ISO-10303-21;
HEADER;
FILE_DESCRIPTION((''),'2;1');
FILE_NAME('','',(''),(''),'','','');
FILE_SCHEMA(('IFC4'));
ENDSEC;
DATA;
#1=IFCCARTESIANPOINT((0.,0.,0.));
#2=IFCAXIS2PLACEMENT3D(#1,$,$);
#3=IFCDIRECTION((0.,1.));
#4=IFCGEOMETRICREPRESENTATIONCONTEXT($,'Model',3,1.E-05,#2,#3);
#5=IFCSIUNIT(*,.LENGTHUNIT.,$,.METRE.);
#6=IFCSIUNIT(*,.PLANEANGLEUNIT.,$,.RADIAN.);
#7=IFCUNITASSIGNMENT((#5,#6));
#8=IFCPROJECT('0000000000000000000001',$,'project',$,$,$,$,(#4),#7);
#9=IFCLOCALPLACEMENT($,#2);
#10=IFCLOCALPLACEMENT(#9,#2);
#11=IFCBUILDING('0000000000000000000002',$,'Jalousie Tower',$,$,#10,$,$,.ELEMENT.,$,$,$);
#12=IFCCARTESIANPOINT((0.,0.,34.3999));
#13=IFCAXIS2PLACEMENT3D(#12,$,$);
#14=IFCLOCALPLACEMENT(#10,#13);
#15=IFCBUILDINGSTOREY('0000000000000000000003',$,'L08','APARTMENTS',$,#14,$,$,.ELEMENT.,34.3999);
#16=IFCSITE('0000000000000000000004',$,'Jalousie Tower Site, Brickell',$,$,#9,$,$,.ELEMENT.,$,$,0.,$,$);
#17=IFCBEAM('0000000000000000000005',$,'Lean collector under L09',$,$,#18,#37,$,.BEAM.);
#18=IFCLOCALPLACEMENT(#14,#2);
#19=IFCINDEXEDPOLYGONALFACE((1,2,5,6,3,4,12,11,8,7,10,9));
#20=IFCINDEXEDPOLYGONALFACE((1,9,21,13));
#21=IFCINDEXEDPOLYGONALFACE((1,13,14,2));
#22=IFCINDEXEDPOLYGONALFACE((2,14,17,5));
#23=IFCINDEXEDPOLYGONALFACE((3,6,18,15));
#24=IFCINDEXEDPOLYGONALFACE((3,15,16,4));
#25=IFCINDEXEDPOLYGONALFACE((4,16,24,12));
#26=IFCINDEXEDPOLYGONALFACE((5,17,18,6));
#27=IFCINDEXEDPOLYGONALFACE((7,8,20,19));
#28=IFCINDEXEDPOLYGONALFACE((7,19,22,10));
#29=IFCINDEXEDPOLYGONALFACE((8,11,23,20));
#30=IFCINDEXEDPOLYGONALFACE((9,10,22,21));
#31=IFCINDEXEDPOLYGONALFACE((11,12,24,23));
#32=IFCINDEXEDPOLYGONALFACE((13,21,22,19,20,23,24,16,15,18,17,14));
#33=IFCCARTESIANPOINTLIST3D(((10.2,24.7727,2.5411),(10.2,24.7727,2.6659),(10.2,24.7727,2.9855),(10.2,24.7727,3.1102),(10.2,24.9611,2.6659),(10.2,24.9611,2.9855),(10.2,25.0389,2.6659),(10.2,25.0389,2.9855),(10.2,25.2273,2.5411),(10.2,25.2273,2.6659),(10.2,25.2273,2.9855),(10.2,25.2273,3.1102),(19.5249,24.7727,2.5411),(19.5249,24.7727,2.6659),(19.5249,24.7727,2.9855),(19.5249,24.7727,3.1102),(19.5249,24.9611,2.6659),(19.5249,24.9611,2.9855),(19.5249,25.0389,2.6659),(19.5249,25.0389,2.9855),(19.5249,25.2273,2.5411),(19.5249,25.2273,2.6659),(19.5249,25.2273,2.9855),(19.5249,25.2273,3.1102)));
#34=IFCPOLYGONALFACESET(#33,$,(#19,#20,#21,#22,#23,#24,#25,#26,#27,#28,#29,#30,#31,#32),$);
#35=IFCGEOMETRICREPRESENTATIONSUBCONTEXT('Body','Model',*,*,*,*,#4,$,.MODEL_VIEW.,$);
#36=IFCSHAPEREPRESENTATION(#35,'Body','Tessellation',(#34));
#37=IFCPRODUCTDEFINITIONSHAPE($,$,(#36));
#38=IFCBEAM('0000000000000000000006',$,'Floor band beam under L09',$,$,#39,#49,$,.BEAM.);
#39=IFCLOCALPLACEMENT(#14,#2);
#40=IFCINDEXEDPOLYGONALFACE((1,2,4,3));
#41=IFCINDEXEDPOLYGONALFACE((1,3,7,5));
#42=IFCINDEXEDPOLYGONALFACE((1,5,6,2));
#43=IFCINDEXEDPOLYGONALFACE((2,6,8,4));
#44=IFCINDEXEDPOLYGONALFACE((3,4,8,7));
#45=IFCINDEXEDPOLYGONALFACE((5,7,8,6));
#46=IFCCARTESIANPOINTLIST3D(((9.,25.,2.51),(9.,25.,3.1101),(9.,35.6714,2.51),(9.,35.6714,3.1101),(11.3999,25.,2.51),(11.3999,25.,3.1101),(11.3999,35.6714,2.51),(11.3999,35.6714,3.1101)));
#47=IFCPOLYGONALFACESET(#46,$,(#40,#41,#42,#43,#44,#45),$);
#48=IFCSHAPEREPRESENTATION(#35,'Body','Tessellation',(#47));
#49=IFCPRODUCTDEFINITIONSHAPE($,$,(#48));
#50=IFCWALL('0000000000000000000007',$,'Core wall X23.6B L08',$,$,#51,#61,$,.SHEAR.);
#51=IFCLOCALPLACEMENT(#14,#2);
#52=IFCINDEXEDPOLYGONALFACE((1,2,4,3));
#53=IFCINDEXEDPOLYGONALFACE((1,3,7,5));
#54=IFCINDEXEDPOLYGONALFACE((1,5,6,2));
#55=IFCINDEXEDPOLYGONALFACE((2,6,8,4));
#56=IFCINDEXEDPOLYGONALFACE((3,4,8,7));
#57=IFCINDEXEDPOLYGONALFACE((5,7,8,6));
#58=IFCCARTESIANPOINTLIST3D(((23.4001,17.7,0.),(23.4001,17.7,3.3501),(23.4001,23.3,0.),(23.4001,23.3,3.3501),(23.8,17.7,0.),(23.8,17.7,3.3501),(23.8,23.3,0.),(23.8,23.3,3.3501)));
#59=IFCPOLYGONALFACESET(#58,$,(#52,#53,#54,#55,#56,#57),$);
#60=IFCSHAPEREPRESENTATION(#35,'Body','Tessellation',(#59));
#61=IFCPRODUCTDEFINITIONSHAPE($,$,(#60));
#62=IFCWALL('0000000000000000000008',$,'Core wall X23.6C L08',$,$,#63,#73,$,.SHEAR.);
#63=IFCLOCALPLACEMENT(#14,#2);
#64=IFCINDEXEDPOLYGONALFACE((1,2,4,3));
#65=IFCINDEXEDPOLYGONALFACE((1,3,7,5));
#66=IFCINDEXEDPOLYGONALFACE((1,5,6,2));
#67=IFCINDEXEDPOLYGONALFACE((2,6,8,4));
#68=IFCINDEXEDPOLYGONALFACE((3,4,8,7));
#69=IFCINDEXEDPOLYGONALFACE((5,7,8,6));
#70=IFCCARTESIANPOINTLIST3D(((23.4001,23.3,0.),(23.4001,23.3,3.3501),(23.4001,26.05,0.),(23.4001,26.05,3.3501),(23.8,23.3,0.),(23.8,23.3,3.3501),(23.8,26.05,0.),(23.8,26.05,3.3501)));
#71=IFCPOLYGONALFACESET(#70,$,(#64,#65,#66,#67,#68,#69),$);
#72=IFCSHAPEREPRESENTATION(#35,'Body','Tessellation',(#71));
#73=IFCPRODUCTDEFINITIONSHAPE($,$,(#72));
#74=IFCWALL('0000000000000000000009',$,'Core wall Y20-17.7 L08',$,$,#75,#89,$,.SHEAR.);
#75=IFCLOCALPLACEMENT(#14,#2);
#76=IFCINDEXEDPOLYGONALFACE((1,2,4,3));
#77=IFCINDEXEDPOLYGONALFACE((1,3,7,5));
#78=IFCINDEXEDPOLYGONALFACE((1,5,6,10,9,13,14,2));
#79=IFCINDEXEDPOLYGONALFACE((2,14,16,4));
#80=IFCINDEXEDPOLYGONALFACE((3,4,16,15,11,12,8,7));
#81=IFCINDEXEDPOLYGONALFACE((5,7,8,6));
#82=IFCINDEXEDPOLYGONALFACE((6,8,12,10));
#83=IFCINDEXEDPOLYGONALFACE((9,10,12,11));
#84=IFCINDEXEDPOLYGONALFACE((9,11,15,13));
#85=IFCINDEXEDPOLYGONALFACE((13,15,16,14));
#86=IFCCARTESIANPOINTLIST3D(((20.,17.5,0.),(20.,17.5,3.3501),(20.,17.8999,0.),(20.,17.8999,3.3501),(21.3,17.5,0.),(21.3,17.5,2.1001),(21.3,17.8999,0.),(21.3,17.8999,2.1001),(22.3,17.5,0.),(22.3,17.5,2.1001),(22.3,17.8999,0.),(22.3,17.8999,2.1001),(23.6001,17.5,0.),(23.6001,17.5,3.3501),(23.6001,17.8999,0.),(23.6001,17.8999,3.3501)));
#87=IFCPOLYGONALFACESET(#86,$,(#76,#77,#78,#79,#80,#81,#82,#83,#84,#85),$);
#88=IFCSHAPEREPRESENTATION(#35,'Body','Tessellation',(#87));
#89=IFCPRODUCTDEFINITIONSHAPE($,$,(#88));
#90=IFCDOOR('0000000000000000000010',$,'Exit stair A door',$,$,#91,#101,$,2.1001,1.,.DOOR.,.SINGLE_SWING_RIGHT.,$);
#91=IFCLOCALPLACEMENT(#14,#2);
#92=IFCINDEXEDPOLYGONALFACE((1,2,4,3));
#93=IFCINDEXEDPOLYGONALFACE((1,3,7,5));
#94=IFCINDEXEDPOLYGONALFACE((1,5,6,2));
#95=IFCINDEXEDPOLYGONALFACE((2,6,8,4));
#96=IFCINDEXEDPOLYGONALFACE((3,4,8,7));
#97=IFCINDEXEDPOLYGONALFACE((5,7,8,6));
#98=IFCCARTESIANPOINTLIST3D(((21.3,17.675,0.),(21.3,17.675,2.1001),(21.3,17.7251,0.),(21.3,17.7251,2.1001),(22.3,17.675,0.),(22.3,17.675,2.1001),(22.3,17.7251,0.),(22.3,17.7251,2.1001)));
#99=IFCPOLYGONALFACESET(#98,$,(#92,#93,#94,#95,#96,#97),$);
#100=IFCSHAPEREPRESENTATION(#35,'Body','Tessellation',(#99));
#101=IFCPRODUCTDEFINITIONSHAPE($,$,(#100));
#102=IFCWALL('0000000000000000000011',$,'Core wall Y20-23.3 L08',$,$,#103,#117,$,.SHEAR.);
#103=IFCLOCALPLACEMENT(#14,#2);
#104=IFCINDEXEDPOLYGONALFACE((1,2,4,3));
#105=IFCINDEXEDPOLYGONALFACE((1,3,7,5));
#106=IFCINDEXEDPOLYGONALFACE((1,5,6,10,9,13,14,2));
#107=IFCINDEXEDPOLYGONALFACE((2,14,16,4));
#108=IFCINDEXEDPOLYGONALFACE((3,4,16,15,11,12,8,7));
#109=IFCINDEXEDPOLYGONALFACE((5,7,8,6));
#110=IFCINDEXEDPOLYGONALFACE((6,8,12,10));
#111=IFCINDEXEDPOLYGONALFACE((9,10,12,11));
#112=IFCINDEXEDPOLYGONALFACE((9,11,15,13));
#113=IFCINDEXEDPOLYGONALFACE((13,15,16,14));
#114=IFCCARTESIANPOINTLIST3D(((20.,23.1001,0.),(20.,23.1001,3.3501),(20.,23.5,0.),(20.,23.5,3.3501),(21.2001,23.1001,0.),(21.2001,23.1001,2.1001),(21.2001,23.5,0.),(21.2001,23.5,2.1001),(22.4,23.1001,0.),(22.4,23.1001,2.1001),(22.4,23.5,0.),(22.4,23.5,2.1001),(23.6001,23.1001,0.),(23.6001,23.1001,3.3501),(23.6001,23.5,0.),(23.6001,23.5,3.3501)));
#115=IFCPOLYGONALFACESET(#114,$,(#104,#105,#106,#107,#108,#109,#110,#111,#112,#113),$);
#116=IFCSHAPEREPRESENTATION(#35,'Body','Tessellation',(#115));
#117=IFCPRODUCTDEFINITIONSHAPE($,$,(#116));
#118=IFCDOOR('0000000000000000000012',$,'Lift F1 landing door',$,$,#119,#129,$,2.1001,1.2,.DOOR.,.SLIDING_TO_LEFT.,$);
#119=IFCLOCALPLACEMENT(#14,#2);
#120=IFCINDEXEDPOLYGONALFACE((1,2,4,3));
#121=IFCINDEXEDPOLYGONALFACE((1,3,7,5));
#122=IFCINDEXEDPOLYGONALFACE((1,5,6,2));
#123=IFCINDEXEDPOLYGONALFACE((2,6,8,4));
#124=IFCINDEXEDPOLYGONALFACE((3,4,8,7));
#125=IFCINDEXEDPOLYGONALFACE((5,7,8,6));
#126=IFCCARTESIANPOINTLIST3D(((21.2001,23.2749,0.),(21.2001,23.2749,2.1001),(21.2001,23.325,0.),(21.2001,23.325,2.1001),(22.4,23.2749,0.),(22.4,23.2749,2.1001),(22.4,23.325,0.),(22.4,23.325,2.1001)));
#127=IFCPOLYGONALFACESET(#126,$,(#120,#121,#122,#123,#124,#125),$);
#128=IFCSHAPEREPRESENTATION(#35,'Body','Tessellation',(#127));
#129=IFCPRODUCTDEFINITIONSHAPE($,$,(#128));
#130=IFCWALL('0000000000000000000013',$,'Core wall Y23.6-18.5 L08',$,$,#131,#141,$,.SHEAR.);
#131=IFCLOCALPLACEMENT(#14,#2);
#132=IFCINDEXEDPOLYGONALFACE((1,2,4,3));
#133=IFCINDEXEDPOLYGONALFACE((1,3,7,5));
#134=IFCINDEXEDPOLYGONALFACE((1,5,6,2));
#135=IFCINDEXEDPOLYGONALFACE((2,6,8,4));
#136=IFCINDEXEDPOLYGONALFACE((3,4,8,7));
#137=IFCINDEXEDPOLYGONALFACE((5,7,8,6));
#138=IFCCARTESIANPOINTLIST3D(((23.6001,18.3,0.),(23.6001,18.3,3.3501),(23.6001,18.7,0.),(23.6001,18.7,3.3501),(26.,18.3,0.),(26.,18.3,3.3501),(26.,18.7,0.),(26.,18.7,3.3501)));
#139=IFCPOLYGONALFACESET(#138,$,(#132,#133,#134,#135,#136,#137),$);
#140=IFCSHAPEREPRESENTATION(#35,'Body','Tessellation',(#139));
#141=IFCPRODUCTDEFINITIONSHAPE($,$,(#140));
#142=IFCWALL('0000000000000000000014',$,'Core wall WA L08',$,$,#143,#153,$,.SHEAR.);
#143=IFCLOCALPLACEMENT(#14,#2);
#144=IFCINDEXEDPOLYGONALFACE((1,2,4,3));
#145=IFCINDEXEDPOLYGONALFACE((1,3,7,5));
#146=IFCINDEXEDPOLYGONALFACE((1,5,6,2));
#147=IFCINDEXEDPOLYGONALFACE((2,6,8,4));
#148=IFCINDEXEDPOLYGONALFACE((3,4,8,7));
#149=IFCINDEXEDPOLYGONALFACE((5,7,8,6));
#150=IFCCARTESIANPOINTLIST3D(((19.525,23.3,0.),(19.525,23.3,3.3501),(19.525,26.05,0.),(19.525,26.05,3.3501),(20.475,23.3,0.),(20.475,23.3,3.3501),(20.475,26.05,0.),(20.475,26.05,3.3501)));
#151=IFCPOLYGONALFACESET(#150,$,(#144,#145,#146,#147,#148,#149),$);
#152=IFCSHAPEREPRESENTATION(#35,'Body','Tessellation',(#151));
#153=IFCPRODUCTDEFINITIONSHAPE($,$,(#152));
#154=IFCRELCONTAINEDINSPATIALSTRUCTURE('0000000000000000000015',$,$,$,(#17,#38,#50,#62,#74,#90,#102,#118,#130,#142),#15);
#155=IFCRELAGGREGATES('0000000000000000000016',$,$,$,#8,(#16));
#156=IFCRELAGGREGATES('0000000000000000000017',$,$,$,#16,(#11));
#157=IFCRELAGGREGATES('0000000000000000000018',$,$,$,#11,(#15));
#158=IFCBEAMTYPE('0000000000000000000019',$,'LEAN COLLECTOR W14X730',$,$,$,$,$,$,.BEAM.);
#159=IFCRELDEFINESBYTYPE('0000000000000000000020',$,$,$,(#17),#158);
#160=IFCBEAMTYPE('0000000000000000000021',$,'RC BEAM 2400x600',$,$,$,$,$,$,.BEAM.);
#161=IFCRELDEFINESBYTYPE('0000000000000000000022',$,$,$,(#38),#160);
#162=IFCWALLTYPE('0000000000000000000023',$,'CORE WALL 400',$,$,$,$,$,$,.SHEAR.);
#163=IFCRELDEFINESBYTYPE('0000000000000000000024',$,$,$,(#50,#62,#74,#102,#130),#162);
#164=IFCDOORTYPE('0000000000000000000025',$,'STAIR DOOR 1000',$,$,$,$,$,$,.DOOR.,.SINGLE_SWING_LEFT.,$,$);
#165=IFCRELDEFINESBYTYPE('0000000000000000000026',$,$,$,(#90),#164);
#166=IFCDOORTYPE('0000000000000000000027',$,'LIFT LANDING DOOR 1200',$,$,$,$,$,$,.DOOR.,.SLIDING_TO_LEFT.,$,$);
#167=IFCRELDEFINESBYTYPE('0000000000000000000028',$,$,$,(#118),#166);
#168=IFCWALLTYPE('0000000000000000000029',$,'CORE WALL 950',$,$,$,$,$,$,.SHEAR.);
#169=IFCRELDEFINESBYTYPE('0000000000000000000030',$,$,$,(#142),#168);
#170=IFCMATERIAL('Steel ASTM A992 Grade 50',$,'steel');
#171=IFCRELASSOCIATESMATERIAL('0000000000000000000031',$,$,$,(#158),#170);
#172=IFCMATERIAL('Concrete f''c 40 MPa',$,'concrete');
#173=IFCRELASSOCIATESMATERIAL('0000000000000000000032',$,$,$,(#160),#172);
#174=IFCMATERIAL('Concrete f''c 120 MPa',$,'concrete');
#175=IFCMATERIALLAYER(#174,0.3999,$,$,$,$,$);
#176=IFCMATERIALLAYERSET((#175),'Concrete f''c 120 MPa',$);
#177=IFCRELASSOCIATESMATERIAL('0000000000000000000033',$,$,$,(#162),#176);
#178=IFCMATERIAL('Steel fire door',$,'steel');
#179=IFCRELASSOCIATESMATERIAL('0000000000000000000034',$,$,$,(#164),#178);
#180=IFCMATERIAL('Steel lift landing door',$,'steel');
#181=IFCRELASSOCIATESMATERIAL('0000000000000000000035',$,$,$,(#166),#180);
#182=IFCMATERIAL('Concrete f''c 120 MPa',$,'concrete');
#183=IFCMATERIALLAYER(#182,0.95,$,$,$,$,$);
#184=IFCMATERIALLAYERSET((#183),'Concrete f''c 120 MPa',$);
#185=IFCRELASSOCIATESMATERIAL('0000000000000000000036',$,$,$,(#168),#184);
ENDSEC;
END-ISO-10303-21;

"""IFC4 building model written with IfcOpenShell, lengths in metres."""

from ifc_helpers import new_model, si_unit, direction, frame, frame_2d, origin, origin_2d, place, context, subcontext, project, spatial, rectangle, i_section, extrude, material, layer, layer_set, material_profile, profile_set, type_object, element, fill, save


model = new_model("IFC4")

# Units and contexts
model_context = context("Model", 3, precision=1e-05, world=origin(), true_north=direction((0.0, 1.0)))
body_context = subcontext(model_context, "Body", "Model", "MODEL_VIEW")
ifc_project = project(units=[si_unit("LENGTHUNIT", "METRE"), si_unit("PLANEANGLEUNIT", "RADIAN")], contexts=[model_context])

# Site, building, storey
site_placement = place(None, origin())
site = spatial("IfcSite", under=ifc_project, at=site_placement, Name="Jalousie Tower Site, Brickell", CompositionType="ELEMENT", RefElevation=0.0)
building_placement = place(site_placement, origin())
building = spatial("IfcBuilding", under=site, at=building_placement, Name="Jalousie Tower", CompositionType="ELEMENT")
storey_placement = place(building_placement, frame((0.0, 0.0, 34.3999)))
storey = spatial("IfcBuildingStorey", under=building, at=storey_placement, Name="L08", Description="APARTMENTS", CompositionType="ELEMENT", Elevation=34.3999)

# Beams
ifc_material_1 = material(Name="Steel ASTM A992 Grade 50", Category="steel")
ifc_material_profile_1 = material_profile(ifc_material_1, i_section(OverallWidth=0.4546, OverallDepth=0.5691, WebThickness=0.0779, FlangeThickness=0.1248, at=origin_2d()), Name="W14X730")
ifc_profile_set_1 = profile_set([ifc_material_profile_1], Name="Steel ASTM A992 Grade 50")
beam_type_1 = type_object("IfcBeamType", Name="LEAN COLLECTOR W14X730", PredefinedType="BEAM", material=ifc_profile_set_1)
beam_1_placement = place(storey_placement, frame((10.2, 25.0, 2.8257), z_axis=(1.0, 0.0, 0.0), x_axis=(0.0, 1.0, 0.0)))
element("IfcBeam", 1, at=beam_1_placement, inside=storey, type_object=beam_type_1, Name="Lean collector under L09", PredefinedType="BEAM", context=body_context, shape_type="SweptSolid", body=[
    extrude(i_section(OverallWidth=0.4546, OverallDepth=0.5691, WebThickness=0.0779, FlangeThickness=0.1248, at=origin_2d()), origin(), (0.0, 0.0, 1.0), 9.325),
])
ifc_material_2 = material(Name="Concrete f'c 40 MPa", Category="concrete")
ifc_material_profile_2 = material_profile(ifc_material_2, rectangle(XDim=2.3999, YDim=0.6001, at=origin_2d()), Name="RC 2400x600")
ifc_profile_set_2 = profile_set([ifc_material_profile_2], Name="Concrete f'c 40 MPa")
beam_type_2 = type_object("IfcBeamType", Name="RC BEAM 2400x600", PredefinedType="BEAM", material=ifc_profile_set_2)
beam_2_placement = place(storey_placement, frame((10.2, 25.0, 2.8101), z_axis=(0.0, 1.0, 0.0), x_axis=(-1.0, 0.0, 0.0)))
element("IfcBeam", 2, at=beam_2_placement, inside=storey, type_object=beam_type_2, Name="Floor band beam under L09", PredefinedType="BEAM", context=body_context, shape_type="SweptSolid", body=[
    extrude(rectangle(XDim=2.3999, YDim=0.6001, at=origin_2d()), origin(), (0.0, 0.0, 1.0), 10.6714),
])

# Walls
ifc_material_3 = material(Name="Concrete f'c 120 MPa", Category="concrete")
ifc_layer_1 = layer(ifc_material_3, 0.3999)
ifc_layer_set_1 = layer_set([ifc_layer_1], Name="Concrete f'c 120 MPa")
wall_type_1 = type_object("IfcWallType", Name="CORE WALL 400", PredefinedType="SHEAR", material=ifc_layer_set_1)
wall_1_placement = place(storey_placement, frame((23.6001, 17.7, 0.0), z_axis=(0.0, 0.0, 1.0), x_axis=(0.0, 1.0, 0.0)))
element("IfcWall", 3, at=wall_1_placement, inside=storey, type_object=wall_type_1, Name="Core wall X23.6B L08", PredefinedType="SHEAR", context=body_context, shape_type="SweptSolid", body=[
    extrude(rectangle(XDim=5.6001, YDim=0.3999, at=frame_2d((2.8, 0.0))), origin(), (0.0, 0.0, 1.0), 3.3501),
])
wall_2_placement = place(storey_placement, frame((23.6001, 23.3, 0.0), z_axis=(0.0, 0.0, 1.0), x_axis=(0.0, 1.0, 0.0)))
element("IfcWall", 4, at=wall_2_placement, inside=storey, type_object=wall_type_1, Name="Core wall X23.6C L08", PredefinedType="SHEAR", context=body_context, shape_type="SweptSolid", body=[
    extrude(rectangle(XDim=2.75, YDim=0.3999, at=frame_2d((1.375, 0.0))), origin(), (0.0, 0.0, 1.0), 3.3501),
])

# Walls, openings, doors
wall_3_placement = place(storey_placement, frame((20.0, 17.7, 0.0), z_axis=(0.0, 0.0, 1.0), x_axis=(1.0, 0.0, 0.0)))
wall_3 = element("IfcWall", 5, at=wall_3_placement, inside=storey, type_object=wall_type_1, Name="Core wall Y20-17.7 L08", PredefinedType="SHEAR", context=body_context, shape_type="SweptSolid", body=[
    extrude(rectangle(XDim=3.6001, YDim=0.3999, at=frame_2d((1.8, 0.0))), origin(), (0.0, 0.0, 1.0), 3.3501),
])
opening_1_placement = place(wall_3_placement, frame((1.3, 0.0, 0.0)))
opening_1 = element("IfcOpeningElement", 6, at=opening_1_placement, cuts=wall_3, PredefinedType="OPENING", context=body_context, shape_type="SweptSolid", body=[
    extrude(rectangle(XDim=1.0, YDim=2.1001, at=frame_2d((0.5, 1.05))), frame((0.0, 0.21, 0.0), z_axis=(0.0, -1.0, 0.0), x_axis=(1.0, 0.0, 0.0)), (0.0, 0.0, 1.0), 0.4199),
])
ifc_material_4 = material(Name="Steel fire door", Category="steel")
door_type_1 = type_object("IfcDoorType", Name="STAIR DOOR 1000", OperationType="SINGLE_SWING_LEFT", PredefinedType="DOOR", material=ifc_material_4)
door_1_placement = place(opening_1_placement, frame((1.0, 0.0, 0.0), z_axis=(0.0, 0.0, 1.0), x_axis=(-1.0, 0.0, 0.0)))
door_1 = element("IfcDoor", 7, at=door_1_placement, inside=storey, type_object=door_type_1, Name="Exit stair A door", OperationType="SINGLE_SWING_RIGHT", OverallHeight=2.1001, OverallWidth=1.0, PredefinedType="DOOR", context=body_context, shape_type="SweptSolid", body=[
    extrude(rectangle(XDim=1.0, YDim=2.1001, at=frame_2d((0.5, 1.05))), frame((0.0, 0.0249, 0.0), z_axis=(0.0, -1.0, 0.0), x_axis=(1.0, 0.0, 0.0)), (0.0, 0.0, 1.0), 0.05),
])
fill(opening_1, door_1)
wall_4_placement = place(storey_placement, frame((20.0, 23.3, 0.0), z_axis=(0.0, 0.0, 1.0), x_axis=(1.0, 0.0, 0.0)))
wall_4 = element("IfcWall", 8, at=wall_4_placement, inside=storey, type_object=wall_type_1, Name="Core wall Y20-23.3 L08", PredefinedType="SHEAR", context=body_context, shape_type="SweptSolid", body=[
    extrude(rectangle(XDim=3.6001, YDim=0.3999, at=frame_2d((1.8, 0.0))), origin(), (0.0, 0.0, 1.0), 3.3501),
])
opening_2_placement = place(wall_4_placement, frame((1.2, 0.0, 0.0)))
opening_2 = element("IfcOpeningElement", 9, at=opening_2_placement, cuts=wall_4, PredefinedType="OPENING", context=body_context, shape_type="SweptSolid", body=[
    extrude(rectangle(XDim=1.2, YDim=2.1001, at=frame_2d((0.6001, 1.05))), frame((0.0, 0.21, 0.0), z_axis=(0.0, -1.0, 0.0), x_axis=(1.0, 0.0, 0.0)), (0.0, 0.0, 1.0), 0.4199),
])
ifc_material_5 = material(Name="Steel lift landing door", Category="steel")
door_type_2 = type_object("IfcDoorType", Name="LIFT LANDING DOOR 1200", OperationType="SLIDING_TO_LEFT", PredefinedType="DOOR", material=ifc_material_5)
door_2_placement = place(opening_2_placement, origin())
door_2 = element("IfcDoor", 10, at=door_2_placement, inside=storey, type_object=door_type_2, Name="Lift F1 landing door", OperationType="SLIDING_TO_LEFT", OverallHeight=2.1001, OverallWidth=1.2, PredefinedType="DOOR", context=body_context, shape_type="SweptSolid", body=[
    extrude(rectangle(XDim=1.2, YDim=2.1001, at=frame_2d((0.6001, 1.05))), frame((0.0, 0.0249, 0.0), z_axis=(0.0, -1.0, 0.0), x_axis=(1.0, 0.0, 0.0)), (0.0, 0.0, 1.0), 0.05),
])
fill(opening_2, door_2)

# Walls
wall_5_placement = place(storey_placement, frame((23.6001, 18.5, 0.0), z_axis=(0.0, 0.0, 1.0), x_axis=(1.0, 0.0, 0.0)))
element("IfcWall", 11, at=wall_5_placement, inside=storey, type_object=wall_type_1, Name="Core wall Y23.6-18.5 L08", PredefinedType="SHEAR", context=body_context, shape_type="SweptSolid", body=[
    extrude(rectangle(XDim=2.3999, YDim=0.3999, at=frame_2d((1.2, 0.0))), origin(), (0.0, 0.0, 1.0), 3.3501),
])
ifc_material_6 = material(Name="Concrete f'c 120 MPa", Category="concrete")
ifc_layer_2 = layer(ifc_material_6, 0.95)
ifc_layer_set_2 = layer_set([ifc_layer_2], Name="Concrete f'c 120 MPa")
wall_type_2 = type_object("IfcWallType", Name="CORE WALL 950", PredefinedType="SHEAR", material=ifc_layer_set_2)
wall_6_placement = place(storey_placement, frame((20.0, 26.05, 0.0), z_axis=(0.0, 0.0, 1.0), x_axis=(0.0, -1.0, 0.0)))
element("IfcWall", 12, at=wall_6_placement, inside=storey, type_object=wall_type_2, Name="Core wall WA L08", PredefinedType="SHEAR", context=body_context, shape_type="SweptSolid", body=[
    extrude(rectangle(XDim=2.75, YDim=0.95, at=frame_2d((1.375, 0.0))), origin(), (0.0, 0.0, 1.0), 3.3501),
])

save(model, "model.ifc")
